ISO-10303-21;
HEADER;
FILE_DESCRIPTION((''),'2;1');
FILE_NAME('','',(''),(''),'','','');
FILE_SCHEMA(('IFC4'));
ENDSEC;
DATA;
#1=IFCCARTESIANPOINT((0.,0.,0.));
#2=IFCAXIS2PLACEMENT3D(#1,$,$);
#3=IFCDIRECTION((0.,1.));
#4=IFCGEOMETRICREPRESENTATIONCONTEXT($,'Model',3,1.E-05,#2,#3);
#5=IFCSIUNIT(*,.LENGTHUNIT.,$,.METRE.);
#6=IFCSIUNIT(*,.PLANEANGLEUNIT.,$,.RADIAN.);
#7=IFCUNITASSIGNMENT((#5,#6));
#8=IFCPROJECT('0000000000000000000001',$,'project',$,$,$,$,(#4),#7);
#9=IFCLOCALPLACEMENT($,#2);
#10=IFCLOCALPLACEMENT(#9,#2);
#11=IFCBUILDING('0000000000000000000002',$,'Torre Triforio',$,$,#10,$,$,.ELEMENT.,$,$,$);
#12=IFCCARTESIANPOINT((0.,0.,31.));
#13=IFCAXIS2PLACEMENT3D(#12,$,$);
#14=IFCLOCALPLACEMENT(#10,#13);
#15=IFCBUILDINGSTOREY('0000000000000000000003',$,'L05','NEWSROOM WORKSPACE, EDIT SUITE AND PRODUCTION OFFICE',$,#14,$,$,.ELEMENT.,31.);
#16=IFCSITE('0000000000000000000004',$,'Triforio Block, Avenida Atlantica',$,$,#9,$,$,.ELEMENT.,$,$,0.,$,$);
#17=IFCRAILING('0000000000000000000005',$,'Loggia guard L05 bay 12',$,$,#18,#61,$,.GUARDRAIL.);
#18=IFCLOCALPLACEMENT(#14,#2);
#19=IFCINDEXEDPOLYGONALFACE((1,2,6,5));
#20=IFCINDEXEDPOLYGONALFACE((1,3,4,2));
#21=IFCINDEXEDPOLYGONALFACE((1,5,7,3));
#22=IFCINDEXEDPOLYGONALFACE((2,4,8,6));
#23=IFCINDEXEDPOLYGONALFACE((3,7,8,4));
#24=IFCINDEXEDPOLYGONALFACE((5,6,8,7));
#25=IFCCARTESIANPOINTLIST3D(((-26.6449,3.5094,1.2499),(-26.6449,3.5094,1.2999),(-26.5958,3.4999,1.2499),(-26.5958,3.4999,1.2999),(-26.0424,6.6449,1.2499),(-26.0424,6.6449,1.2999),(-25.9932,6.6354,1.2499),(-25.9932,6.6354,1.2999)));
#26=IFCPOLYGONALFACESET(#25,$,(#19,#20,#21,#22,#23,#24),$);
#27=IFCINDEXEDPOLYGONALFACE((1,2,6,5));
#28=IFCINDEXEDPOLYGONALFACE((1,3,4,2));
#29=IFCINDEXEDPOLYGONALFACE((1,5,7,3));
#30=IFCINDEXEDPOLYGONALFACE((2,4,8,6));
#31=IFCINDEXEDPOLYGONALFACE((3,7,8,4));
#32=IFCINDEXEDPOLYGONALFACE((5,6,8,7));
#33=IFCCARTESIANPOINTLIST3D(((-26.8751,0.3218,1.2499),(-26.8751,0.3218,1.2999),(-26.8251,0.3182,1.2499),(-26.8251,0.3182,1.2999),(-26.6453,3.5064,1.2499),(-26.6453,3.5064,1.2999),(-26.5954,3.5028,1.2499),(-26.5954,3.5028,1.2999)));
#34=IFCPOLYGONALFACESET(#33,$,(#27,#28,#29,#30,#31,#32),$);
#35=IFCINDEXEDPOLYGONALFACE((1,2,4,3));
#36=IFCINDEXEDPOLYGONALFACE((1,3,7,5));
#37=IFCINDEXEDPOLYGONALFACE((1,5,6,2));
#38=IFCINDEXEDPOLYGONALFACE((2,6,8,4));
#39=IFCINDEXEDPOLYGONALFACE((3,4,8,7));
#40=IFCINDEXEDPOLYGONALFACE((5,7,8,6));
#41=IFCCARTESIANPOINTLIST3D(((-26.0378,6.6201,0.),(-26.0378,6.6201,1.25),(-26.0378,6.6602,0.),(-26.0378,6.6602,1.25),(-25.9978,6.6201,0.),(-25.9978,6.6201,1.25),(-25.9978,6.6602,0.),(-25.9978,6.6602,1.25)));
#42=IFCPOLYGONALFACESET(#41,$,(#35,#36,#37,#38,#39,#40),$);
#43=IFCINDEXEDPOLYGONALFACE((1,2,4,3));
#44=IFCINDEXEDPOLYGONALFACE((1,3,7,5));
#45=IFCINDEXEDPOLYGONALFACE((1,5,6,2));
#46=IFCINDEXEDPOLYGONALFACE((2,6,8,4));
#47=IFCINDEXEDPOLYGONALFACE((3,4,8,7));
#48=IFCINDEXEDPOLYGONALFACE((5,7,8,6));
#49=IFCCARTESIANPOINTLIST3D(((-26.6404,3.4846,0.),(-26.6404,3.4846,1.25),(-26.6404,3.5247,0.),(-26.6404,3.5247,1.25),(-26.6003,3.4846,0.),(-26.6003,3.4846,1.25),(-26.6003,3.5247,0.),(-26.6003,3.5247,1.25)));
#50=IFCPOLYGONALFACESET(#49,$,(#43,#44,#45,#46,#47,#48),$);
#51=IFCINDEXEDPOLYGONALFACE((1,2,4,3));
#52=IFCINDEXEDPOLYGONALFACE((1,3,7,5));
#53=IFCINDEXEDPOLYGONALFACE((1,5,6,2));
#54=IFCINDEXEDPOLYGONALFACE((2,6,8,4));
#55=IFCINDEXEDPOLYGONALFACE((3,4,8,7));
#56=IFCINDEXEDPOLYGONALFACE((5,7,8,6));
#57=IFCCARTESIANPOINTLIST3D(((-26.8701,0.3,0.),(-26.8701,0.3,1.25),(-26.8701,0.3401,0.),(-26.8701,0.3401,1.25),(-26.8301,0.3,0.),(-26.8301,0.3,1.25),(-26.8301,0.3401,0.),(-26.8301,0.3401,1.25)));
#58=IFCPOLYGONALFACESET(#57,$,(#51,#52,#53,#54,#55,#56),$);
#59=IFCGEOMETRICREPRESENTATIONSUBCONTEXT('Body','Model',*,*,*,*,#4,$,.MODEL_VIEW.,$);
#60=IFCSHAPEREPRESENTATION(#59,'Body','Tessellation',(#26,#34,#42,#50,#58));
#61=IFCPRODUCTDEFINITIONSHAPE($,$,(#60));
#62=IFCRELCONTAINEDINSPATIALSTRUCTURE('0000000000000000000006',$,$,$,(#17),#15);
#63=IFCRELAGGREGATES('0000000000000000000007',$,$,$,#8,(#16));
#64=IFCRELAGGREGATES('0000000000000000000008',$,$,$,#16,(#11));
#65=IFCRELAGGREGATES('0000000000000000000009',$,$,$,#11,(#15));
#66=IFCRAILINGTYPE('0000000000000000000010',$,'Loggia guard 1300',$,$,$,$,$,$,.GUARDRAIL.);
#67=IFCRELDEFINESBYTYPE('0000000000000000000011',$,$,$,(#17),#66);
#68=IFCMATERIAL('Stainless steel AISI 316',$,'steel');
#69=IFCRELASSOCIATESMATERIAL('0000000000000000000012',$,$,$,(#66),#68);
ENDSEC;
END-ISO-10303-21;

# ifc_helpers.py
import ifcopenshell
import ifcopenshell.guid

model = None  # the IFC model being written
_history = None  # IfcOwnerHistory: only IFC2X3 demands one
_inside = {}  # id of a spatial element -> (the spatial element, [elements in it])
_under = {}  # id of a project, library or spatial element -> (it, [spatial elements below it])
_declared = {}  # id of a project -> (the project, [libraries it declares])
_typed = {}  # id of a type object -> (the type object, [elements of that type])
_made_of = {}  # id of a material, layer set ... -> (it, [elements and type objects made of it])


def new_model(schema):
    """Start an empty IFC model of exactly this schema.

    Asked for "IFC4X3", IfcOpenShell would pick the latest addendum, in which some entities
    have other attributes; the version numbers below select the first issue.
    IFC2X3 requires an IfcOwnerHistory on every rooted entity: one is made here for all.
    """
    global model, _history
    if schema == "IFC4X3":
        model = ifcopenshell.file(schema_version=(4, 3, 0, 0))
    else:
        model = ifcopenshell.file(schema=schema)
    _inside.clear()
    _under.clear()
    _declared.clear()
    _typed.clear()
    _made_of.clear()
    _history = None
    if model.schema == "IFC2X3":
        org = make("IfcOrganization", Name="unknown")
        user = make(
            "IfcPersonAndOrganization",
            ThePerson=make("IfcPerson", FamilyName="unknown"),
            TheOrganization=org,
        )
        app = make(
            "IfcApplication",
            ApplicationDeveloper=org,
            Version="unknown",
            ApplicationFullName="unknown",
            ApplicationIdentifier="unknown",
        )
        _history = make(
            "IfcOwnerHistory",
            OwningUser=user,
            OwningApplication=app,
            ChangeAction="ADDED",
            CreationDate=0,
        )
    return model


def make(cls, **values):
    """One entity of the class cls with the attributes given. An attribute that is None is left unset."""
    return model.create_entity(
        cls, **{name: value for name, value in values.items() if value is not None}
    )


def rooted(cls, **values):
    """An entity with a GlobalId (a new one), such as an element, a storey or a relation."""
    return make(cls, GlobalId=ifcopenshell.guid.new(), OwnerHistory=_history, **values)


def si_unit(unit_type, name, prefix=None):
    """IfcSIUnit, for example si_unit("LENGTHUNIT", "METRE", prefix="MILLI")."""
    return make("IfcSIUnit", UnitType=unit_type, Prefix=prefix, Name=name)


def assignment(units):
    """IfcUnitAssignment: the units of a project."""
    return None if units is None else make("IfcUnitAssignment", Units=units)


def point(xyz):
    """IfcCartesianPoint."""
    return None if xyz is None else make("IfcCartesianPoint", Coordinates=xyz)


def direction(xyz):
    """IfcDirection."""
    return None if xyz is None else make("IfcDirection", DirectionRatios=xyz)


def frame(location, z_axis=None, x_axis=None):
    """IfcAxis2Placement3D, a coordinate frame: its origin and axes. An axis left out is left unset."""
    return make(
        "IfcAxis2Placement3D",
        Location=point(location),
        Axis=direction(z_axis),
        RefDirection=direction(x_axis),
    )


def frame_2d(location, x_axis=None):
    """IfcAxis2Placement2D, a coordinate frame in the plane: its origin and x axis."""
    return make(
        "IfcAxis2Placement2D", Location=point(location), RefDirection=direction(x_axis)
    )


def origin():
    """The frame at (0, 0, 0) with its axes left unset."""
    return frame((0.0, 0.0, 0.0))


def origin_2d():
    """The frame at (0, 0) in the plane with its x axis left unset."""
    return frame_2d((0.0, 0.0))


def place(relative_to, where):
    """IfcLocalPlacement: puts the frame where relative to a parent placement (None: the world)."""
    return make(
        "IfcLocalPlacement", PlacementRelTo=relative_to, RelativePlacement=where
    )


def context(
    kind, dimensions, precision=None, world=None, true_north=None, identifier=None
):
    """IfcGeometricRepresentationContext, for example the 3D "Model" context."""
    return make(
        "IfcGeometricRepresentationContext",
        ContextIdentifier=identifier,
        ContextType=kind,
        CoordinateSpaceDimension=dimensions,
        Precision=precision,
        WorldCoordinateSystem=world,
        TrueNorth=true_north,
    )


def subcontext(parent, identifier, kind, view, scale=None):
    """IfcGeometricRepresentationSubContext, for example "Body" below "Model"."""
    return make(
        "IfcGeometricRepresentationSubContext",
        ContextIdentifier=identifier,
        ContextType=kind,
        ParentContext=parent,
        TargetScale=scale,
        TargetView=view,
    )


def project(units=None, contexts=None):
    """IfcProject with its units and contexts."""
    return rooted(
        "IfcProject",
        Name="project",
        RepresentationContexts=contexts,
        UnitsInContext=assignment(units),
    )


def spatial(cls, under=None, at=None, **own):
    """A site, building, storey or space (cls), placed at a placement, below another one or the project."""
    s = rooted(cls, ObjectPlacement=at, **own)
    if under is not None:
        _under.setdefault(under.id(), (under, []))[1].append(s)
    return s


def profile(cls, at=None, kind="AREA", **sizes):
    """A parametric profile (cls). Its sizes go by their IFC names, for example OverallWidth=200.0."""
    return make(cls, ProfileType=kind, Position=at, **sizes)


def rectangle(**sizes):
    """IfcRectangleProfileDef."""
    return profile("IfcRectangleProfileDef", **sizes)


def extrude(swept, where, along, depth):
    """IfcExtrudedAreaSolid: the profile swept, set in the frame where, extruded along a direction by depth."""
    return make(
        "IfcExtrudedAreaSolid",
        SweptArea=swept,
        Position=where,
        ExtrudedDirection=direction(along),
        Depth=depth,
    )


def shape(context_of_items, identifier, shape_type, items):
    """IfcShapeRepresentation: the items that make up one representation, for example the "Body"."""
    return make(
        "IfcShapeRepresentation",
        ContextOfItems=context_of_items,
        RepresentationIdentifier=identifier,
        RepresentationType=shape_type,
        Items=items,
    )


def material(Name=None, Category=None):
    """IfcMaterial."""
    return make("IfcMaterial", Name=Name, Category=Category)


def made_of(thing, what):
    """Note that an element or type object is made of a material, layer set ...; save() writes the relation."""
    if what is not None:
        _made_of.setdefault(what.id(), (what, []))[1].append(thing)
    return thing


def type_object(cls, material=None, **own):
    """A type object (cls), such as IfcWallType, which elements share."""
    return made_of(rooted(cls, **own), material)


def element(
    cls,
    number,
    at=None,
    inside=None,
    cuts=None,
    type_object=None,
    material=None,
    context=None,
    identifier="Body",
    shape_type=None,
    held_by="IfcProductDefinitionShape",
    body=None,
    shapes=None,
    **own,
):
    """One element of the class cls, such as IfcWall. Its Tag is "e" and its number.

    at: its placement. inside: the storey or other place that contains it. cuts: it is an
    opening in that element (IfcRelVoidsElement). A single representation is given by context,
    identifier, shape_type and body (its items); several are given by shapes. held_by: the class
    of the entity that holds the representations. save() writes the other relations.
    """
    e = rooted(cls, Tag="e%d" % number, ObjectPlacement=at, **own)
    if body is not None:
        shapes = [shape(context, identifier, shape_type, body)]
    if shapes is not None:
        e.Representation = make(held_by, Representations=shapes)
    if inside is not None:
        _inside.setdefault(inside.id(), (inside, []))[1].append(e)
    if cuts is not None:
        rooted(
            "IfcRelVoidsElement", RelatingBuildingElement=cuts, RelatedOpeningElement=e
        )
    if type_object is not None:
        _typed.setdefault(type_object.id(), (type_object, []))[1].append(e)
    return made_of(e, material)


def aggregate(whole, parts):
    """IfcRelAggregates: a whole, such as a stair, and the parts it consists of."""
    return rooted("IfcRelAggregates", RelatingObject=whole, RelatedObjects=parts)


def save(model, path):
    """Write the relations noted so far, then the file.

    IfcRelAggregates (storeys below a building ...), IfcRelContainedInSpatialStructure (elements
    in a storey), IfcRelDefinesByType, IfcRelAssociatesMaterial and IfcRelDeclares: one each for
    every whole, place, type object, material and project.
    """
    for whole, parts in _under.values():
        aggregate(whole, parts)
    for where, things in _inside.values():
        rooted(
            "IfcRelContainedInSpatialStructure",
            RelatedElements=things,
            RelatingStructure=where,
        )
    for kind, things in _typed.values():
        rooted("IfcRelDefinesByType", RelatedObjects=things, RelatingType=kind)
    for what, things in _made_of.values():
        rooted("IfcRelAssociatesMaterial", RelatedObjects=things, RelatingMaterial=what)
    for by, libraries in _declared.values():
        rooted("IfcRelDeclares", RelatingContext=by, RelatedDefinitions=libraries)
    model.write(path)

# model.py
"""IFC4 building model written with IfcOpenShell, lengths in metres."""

from ifc_helpers import new_model, si_unit, direction, frame, origin, origin_2d, place, context, subcontext, project, spatial, rectangle, extrude, material, type_object, element, save


model = new_model("IFC4")

# Units and contexts
model_context = context("Model", 3, precision=1e-05, world=origin(), true_north=direction((0.0, 1.0)))
body_context = subcontext(model_context, "Body", "Model", "MODEL_VIEW")
ifc_project = project(units=[si_unit("LENGTHUNIT", "METRE"), si_unit("PLANEANGLEUNIT", "RADIAN")], contexts=[model_context])

# Site, building, storey
site_placement = place(None, origin())
site = spatial("IfcSite", under=ifc_project, at=site_placement, Name="Triforio Block, Avenida Atlantica", CompositionType="ELEMENT", RefElevation=0.0)
building_placement = place(site_placement, origin())
building = spatial("IfcBuilding", under=site, at=building_placement, Name="Torre Triforio", CompositionType="ELEMENT")
storey_placement = place(building_placement, frame((0.0, 0.0, 31.0)))
storey = spatial("IfcBuildingStorey", under=building, at=storey_placement, Name="L05", Description="NEWSROOM WORKSPACE, EDIT SUITE AND PRODUCTION OFFICE", CompositionType="ELEMENT", Elevation=31.0)

# Railing
ifc_material_1 = material(Name="Stainless steel AISI 316", Category="steel")
railing_type = type_object("IfcRailingType", Name="Loggia guard 1300", PredefinedType="GUARDRAIL", material=ifc_material_1)
railing_placement = place(storey_placement, frame((-26.0178, 6.6401, 0.0)))
element("IfcRailing", 1, at=railing_placement, inside=storey, type_object=railing_type, Name="Loggia guard L05 bay 12", PredefinedType="GUARDRAIL", context=body_context, shape_type="SweptSolid", body=[
    extrude(rectangle(XDim=0.05, YDim=0.05, at=origin_2d()), frame((0.0, 0.0, 1.2749), z_axis=(-0.188714, -0.982032, 0.0), x_axis=(0.982032, -0.188714, 0.0)), (0.0, 0.0, 1.0), 3.1929),
    extrude(rectangle(XDim=0.05, YDim=0.05, at=origin_2d()), frame((-0.6025, -3.1355, 1.2749), z_axis=(-0.071953, -0.997408, 0.0), x_axis=(0.997408, -0.071953, 0.0)), (0.0, 0.0, 1.0), 3.1929),
    extrude(rectangle(XDim=0.04, YDim=0.04, at=origin_2d()), origin(), (0.0, 0.0, 1.0), 1.25),
    extrude(rectangle(XDim=0.04, YDim=0.04, at=origin_2d()), frame((-0.6025, -3.1355, 0.0)), (0.0, 0.0, 1.0), 1.25),
    extrude(rectangle(XDim=0.04, YDim=0.04, at=origin_2d()), frame((-0.8323, -6.3201, 0.0)), (0.0, 0.0, 1.0), 1.25),
])

save(model, "model.ifc")
